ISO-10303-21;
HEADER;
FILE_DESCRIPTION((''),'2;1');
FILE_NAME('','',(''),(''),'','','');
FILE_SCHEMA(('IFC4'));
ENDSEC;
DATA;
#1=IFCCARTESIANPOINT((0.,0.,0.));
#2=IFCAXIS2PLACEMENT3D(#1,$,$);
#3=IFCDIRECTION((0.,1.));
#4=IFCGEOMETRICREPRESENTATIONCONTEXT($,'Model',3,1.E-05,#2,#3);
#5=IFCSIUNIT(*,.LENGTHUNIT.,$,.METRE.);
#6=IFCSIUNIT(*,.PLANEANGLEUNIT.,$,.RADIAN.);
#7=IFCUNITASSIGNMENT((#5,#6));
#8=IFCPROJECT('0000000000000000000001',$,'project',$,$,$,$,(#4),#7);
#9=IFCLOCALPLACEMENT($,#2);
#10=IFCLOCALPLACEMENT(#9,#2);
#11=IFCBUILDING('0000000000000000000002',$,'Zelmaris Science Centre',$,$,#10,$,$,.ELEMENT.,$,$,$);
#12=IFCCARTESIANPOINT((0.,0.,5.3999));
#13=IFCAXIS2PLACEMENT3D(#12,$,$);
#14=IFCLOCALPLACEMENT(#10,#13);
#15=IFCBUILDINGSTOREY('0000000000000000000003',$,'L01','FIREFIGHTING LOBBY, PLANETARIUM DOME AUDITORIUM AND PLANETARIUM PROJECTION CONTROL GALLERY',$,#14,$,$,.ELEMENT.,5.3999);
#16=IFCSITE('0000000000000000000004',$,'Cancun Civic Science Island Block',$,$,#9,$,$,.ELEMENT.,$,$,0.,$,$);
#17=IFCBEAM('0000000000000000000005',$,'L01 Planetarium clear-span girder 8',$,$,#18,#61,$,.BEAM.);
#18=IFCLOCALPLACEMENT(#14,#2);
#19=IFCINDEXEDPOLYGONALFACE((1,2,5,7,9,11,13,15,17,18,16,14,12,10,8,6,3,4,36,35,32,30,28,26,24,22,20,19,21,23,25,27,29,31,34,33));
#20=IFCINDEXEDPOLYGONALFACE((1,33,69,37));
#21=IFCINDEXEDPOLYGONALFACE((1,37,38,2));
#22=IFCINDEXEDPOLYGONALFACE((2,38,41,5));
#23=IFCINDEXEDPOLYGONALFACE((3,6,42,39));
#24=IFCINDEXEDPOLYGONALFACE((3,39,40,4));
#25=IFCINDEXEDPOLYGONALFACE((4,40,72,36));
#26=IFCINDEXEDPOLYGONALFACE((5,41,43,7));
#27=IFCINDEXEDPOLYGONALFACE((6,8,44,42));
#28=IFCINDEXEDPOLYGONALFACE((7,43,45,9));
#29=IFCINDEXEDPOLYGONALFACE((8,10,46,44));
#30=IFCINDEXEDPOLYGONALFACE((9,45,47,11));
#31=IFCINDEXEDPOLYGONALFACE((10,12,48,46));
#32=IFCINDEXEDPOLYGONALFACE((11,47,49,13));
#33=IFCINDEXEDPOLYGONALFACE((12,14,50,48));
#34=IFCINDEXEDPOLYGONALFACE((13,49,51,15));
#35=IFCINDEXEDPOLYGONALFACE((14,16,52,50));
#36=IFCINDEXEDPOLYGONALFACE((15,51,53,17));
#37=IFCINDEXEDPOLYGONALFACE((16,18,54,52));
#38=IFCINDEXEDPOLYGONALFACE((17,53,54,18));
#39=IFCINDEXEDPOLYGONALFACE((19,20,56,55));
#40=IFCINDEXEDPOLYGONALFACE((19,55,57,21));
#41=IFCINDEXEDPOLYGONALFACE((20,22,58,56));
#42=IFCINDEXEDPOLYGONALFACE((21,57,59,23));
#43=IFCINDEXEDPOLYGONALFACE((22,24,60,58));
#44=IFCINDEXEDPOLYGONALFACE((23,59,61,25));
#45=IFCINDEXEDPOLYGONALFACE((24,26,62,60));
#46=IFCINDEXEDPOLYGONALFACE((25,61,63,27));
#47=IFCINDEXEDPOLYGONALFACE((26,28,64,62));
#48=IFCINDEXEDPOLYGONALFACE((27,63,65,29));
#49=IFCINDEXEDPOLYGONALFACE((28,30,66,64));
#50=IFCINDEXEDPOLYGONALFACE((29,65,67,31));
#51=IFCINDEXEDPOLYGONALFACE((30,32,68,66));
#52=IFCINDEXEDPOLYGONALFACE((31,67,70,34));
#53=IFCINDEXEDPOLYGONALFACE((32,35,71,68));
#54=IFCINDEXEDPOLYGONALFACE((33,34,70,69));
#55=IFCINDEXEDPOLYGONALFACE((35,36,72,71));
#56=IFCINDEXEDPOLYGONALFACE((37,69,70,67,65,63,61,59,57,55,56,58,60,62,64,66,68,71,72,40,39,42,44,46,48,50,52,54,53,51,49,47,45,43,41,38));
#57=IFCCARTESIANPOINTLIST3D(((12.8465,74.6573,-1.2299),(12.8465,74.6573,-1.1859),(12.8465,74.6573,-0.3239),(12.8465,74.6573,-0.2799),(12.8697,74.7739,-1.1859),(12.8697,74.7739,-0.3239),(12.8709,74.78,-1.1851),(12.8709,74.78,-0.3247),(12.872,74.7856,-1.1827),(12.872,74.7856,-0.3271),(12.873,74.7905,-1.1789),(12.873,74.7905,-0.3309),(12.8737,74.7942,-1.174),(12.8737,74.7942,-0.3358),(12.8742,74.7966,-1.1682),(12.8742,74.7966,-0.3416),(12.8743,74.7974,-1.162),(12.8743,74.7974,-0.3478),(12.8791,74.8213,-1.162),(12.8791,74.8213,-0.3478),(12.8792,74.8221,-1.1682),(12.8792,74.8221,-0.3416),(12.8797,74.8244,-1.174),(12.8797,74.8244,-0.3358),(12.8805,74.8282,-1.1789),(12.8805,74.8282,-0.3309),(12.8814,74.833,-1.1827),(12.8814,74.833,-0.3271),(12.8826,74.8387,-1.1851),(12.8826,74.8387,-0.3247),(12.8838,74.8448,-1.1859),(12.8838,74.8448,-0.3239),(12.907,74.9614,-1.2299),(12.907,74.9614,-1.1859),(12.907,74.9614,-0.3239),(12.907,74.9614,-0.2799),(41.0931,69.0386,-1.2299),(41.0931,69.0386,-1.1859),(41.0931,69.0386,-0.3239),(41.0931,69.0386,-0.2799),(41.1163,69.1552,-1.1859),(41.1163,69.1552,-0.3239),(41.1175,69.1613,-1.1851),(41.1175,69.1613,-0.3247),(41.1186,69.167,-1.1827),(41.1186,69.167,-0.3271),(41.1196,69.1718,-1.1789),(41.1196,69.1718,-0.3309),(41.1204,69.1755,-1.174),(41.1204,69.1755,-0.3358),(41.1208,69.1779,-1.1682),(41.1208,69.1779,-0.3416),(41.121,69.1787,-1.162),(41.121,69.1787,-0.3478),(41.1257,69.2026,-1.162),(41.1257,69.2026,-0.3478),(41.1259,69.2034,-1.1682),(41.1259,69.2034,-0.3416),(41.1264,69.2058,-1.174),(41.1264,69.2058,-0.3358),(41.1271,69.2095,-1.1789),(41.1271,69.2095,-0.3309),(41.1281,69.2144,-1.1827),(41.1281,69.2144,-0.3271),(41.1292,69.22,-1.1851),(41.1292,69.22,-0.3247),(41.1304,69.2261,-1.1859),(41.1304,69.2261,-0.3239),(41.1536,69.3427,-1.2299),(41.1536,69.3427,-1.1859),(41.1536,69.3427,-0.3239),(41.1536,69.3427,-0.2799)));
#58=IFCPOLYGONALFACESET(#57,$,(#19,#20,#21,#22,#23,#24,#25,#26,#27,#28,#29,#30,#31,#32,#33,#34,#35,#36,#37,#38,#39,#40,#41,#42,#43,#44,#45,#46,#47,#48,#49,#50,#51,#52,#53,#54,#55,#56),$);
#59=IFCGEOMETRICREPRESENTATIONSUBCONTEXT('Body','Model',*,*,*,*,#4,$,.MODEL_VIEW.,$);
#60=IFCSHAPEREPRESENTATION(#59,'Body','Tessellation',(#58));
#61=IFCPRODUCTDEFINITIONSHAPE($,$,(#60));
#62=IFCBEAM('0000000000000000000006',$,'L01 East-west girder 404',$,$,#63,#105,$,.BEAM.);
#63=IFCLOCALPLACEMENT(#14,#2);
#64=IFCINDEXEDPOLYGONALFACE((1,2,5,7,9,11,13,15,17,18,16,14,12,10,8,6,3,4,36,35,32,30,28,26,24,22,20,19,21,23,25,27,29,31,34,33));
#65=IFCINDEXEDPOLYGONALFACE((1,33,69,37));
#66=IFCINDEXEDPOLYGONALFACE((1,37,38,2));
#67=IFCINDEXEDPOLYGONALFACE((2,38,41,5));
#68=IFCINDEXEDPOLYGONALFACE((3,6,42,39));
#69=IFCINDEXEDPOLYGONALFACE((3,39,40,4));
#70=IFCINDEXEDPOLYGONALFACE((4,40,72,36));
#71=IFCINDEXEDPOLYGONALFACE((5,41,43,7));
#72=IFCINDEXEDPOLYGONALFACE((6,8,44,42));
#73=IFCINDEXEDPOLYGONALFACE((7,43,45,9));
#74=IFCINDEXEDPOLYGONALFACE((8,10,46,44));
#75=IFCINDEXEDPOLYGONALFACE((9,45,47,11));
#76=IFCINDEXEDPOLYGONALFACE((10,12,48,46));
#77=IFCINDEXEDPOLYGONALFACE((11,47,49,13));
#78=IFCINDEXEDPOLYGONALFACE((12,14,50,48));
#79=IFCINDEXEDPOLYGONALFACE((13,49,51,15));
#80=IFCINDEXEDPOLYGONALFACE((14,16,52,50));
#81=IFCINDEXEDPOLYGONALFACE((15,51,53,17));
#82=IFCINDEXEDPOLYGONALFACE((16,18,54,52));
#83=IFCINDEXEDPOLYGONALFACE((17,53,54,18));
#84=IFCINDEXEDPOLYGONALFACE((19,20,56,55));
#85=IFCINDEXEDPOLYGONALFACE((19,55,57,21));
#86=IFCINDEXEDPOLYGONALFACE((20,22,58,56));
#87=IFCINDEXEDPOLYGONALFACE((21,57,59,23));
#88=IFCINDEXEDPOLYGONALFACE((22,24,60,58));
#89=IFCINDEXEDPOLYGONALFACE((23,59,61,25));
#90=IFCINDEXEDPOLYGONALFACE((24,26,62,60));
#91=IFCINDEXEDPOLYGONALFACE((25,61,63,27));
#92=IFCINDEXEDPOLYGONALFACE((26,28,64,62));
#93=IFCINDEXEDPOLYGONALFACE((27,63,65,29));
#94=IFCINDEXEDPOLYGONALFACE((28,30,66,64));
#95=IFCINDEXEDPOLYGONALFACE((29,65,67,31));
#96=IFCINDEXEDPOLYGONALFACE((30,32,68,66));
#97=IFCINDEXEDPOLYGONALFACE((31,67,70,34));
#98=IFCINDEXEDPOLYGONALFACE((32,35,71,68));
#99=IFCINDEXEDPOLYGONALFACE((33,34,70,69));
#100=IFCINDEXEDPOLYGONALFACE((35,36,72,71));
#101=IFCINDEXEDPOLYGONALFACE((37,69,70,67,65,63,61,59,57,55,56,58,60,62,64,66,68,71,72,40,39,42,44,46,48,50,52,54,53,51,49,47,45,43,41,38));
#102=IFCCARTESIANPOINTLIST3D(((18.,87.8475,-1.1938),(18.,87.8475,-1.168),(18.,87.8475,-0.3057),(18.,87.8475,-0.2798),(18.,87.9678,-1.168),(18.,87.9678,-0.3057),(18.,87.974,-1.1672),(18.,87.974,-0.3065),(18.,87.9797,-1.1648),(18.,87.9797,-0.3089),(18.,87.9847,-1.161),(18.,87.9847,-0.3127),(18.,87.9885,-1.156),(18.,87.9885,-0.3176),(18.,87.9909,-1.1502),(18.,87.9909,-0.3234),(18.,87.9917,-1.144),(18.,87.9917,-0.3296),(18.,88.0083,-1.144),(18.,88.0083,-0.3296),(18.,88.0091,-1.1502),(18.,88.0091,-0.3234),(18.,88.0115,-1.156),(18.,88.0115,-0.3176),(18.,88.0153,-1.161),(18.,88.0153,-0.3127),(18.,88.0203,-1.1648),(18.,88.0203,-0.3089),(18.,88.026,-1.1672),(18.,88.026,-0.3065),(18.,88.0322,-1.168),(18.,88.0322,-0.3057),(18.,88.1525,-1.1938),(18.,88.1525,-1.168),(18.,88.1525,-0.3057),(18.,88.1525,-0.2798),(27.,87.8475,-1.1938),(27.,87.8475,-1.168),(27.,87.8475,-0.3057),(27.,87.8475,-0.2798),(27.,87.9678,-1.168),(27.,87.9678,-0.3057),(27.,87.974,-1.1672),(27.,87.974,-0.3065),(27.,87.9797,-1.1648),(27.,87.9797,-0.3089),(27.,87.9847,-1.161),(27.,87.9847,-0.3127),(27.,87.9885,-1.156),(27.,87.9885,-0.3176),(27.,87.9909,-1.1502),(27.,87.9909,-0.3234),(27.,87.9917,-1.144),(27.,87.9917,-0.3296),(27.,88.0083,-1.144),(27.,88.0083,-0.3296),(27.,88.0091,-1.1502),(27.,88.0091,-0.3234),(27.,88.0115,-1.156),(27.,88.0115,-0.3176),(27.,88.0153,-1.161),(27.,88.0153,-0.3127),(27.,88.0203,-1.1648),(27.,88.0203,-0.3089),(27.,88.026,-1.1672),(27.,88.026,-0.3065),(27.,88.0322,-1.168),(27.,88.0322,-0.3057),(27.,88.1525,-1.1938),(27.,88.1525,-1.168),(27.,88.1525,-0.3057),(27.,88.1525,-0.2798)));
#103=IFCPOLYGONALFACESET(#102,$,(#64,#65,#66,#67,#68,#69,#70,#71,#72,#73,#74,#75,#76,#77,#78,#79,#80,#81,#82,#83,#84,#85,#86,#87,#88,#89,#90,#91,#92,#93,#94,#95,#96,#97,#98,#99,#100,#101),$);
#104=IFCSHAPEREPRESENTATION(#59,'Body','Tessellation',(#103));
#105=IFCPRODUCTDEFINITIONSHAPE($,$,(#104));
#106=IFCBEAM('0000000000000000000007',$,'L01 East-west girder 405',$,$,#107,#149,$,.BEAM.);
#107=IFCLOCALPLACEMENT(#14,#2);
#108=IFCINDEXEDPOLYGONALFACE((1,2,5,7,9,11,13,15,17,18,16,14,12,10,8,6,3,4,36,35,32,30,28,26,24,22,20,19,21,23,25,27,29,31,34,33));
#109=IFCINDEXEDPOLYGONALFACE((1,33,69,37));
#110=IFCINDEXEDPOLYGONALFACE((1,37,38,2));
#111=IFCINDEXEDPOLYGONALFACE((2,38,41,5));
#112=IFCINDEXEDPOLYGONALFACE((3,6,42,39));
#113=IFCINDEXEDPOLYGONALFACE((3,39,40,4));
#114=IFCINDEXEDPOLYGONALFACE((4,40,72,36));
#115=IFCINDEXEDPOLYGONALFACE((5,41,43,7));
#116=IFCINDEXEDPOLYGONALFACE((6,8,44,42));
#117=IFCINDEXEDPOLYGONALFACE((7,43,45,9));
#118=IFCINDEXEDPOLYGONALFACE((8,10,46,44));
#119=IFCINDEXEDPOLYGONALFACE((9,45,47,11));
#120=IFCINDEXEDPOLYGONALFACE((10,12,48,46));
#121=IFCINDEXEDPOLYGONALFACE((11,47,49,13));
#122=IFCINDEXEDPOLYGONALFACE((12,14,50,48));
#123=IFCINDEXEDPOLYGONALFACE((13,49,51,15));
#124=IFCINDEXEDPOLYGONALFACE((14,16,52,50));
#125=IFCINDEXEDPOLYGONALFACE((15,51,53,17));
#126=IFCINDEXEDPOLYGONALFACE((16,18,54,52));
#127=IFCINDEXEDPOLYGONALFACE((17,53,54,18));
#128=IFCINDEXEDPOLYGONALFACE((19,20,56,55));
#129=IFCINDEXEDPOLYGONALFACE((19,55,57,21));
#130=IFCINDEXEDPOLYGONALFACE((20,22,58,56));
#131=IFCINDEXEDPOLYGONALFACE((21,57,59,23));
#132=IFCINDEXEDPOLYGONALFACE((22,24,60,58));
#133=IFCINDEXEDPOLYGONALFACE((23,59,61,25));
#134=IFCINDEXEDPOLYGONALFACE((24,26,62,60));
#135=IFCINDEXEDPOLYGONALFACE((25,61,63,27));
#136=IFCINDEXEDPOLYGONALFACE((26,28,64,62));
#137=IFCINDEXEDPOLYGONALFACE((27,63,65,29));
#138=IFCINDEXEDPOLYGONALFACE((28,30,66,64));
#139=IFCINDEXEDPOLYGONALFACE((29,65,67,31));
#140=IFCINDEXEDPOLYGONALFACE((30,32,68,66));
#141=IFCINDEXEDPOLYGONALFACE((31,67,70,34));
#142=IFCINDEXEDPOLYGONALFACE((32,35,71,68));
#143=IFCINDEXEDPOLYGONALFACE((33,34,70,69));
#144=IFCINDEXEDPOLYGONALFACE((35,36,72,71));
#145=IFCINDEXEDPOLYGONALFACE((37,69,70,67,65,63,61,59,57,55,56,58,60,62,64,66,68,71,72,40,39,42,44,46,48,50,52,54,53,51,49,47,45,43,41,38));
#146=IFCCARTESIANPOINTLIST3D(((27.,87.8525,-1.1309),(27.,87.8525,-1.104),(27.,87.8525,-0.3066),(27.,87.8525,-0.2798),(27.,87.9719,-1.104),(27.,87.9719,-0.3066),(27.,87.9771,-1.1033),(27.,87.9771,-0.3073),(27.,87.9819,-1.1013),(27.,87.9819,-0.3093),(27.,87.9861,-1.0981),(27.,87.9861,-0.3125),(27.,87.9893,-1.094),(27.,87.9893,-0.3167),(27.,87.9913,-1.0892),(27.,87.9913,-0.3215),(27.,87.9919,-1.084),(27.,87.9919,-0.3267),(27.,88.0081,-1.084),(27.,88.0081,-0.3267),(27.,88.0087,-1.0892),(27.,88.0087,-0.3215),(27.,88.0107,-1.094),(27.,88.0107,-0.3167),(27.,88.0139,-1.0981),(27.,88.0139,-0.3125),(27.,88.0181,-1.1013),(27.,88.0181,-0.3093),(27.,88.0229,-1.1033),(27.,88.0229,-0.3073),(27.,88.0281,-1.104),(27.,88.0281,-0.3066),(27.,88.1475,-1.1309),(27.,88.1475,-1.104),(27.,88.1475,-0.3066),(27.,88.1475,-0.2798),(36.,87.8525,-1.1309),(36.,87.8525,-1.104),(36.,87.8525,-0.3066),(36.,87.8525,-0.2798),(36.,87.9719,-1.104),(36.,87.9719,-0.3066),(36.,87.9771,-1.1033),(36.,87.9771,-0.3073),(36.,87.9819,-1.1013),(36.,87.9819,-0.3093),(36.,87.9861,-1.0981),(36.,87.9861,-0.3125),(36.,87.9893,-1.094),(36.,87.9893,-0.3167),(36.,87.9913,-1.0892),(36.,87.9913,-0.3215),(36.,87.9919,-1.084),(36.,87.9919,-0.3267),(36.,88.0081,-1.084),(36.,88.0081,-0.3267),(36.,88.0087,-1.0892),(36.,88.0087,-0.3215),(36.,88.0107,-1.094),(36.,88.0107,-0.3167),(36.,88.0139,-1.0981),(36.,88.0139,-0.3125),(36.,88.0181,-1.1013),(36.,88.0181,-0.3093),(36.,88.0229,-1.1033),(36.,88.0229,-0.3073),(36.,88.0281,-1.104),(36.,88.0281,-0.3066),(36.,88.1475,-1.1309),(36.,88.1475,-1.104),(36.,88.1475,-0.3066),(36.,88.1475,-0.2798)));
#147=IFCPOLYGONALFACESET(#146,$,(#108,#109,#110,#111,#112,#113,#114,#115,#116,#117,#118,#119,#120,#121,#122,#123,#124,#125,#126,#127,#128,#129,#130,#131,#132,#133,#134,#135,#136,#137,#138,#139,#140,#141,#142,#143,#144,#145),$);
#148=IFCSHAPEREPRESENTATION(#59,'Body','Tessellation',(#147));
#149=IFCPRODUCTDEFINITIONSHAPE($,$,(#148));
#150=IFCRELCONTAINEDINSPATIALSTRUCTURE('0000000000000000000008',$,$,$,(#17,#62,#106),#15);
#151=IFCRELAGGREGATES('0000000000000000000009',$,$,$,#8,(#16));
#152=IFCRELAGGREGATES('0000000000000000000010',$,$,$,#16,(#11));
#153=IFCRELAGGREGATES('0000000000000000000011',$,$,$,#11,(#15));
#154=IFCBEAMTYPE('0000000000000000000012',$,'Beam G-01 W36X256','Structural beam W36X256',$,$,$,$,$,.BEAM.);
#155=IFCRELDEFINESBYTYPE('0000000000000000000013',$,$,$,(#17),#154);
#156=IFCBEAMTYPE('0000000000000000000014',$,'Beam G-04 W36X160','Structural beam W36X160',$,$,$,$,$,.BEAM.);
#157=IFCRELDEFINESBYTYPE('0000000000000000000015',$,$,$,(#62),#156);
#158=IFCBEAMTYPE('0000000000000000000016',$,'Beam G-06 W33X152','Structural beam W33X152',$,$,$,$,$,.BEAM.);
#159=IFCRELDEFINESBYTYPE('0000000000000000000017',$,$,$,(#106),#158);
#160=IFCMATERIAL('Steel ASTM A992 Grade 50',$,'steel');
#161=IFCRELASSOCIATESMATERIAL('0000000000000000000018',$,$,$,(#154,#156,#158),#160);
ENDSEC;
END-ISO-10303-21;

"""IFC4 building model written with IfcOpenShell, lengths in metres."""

from ifc_helpers import new_model, si_unit, direction, frame, origin, origin_2d, place, context, subcontext, project, spatial, i_section, extrude, material, material_profile, profile_set, type_object, element, save


model = new_model("IFC4")

# Units and contexts
model_context = context("Model", 3, precision=1e-05, world=origin(), true_north=direction((0.0, 1.0)))
body_context = subcontext(model_context, "Body", "Model", "MODEL_VIEW")
ifc_project = project(units=[si_unit("LENGTHUNIT", "METRE"), si_unit("PLANEANGLEUNIT", "RADIAN")], contexts=[model_context])

# Site, building, storey
site_placement = place(None, origin())
site = spatial("IfcSite", under=ifc_project, at=site_placement, Name="Cancun Civic Science Island Block", CompositionType="ELEMENT", RefElevation=0.0)
building_placement = place(site_placement, origin())
building = spatial("IfcBuilding", under=site, at=building_placement, Name="Zelmaris Science Centre", CompositionType="ELEMENT")
storey_placement = place(building_placement, frame((0.0, 0.0, 5.3999)))
storey = spatial("IfcBuildingStorey", under=building, at=storey_placement, Name="L01", Description="FIREFIGHTING LOBBY, PLANETARIUM DOME AUDITORIUM AND PLANETARIUM PROJECTION CONTROL GALLERY", CompositionType="ELEMENT", Elevation=5.3999)

# Beams
ifc_material_1 = material(Name="Steel ASTM A992 Grade 50", Category="steel")
ifc_material_profile_1 = material_profile(ifc_material_1, i_section(OverallWidth=0.3101, OverallDepth=0.95, WebThickness=0.0244, FlangeThickness=0.0439, FilletRadius=0.0239, at=origin_2d()), Name="W36X256")
ifc_profile_set_1 = profile_set([ifc_material_profile_1], Name="Steel ASTM A992 Grade 50")
beam_type_1 = type_object("IfcBeamType", Name="Beam G-01 W36X256", Description="Structural beam W36X256", PredefinedType="BEAM", material=ifc_profile_set_1)
for number, where, z_axis, x_axis, name in (
    (1, (12.8767, 74.8093, -0.7549), (0.980785, -0.195092, 0.0), (0.195092, 0.980785, 0.0), "L01 Planetarium clear-span girder 8"),
):
    element("IfcBeam", number, at=place(storey_placement, frame(where, z_axis=z_axis, x_axis=x_axis)), inside=storey, type_object=beam_type_1, Name=name, PredefinedType="BEAM", context=body_context, shape_type="SweptSolid", body=[
        extrude(i_section(OverallWidth=0.3101, OverallDepth=0.95, WebThickness=0.0244, FlangeThickness=0.0439, FilletRadius=0.0239, at=origin_2d()), origin(), (0.0, 0.0, 1.0), 28.8),
    ])
ifc_material_profile_2 = material_profile(ifc_material_1, i_section(OverallWidth=0.3049, OverallDepth=0.9141, WebThickness=0.0166, FlangeThickness=0.0259, FilletRadius=0.0239, at=origin_2d()), Name="W36X160")
ifc_profile_set_2 = profile_set([ifc_material_profile_2], Name="Steel ASTM A992 Grade 50")
beam_type_2 = type_object("IfcBeamType", Name="Beam G-04 W36X160", Description="Structural beam W36X160", PredefinedType="BEAM", material=ifc_profile_set_2)
beam_1_placement = place(storey_placement, frame((18.0, 88.0, -0.7368), z_axis=(1.0, 0.0, 0.0), x_axis=(0.0, 1.0, 0.0)))
element("IfcBeam", 2, at=beam_1_placement, inside=storey, type_object=beam_type_2, Name="L01 East-west girder 404", PredefinedType="BEAM", context=body_context, shape_type="SweptSolid", body=[
    extrude(i_section(OverallWidth=0.3049, OverallDepth=0.9141, WebThickness=0.0166, FlangeThickness=0.0259, FilletRadius=0.0239, at=origin_2d()), origin(), (0.0, 0.0, 1.0), 9.0),
])
ifc_material_profile_3 = material_profile(ifc_material_1, i_section(OverallWidth=0.2949, OverallDepth=0.8511, WebThickness=0.0161, FlangeThickness=0.0269, FilletRadius=0.02, at=origin_2d()), Name="W33X152")
ifc_profile_set_3 = profile_set([ifc_material_profile_3], Name="Steel ASTM A992 Grade 50")
beam_type_3 = type_object("IfcBeamType", Name="Beam G-06 W33X152", Description="Structural beam W33X152", PredefinedType="BEAM", material=ifc_profile_set_3)
beam_2_placement = place(storey_placement, frame((27.0, 88.0, -0.7053), z_axis=(1.0, 0.0, 0.0), x_axis=(0.0, 1.0, 0.0)))
element("IfcBeam", 3, at=beam_2_placement, inside=storey, type_object=beam_type_3, Name="L01 East-west girder 405", PredefinedType="BEAM", context=body_context, shape_type="SweptSolid", body=[
    extrude(i_section(OverallWidth=0.2949, OverallDepth=0.8511, WebThickness=0.0161, FlangeThickness=0.0269, FilletRadius=0.02, at=origin_2d()), origin(), (0.0, 0.0, 1.0), 9.0),
])

save(model, "model.ifc")
